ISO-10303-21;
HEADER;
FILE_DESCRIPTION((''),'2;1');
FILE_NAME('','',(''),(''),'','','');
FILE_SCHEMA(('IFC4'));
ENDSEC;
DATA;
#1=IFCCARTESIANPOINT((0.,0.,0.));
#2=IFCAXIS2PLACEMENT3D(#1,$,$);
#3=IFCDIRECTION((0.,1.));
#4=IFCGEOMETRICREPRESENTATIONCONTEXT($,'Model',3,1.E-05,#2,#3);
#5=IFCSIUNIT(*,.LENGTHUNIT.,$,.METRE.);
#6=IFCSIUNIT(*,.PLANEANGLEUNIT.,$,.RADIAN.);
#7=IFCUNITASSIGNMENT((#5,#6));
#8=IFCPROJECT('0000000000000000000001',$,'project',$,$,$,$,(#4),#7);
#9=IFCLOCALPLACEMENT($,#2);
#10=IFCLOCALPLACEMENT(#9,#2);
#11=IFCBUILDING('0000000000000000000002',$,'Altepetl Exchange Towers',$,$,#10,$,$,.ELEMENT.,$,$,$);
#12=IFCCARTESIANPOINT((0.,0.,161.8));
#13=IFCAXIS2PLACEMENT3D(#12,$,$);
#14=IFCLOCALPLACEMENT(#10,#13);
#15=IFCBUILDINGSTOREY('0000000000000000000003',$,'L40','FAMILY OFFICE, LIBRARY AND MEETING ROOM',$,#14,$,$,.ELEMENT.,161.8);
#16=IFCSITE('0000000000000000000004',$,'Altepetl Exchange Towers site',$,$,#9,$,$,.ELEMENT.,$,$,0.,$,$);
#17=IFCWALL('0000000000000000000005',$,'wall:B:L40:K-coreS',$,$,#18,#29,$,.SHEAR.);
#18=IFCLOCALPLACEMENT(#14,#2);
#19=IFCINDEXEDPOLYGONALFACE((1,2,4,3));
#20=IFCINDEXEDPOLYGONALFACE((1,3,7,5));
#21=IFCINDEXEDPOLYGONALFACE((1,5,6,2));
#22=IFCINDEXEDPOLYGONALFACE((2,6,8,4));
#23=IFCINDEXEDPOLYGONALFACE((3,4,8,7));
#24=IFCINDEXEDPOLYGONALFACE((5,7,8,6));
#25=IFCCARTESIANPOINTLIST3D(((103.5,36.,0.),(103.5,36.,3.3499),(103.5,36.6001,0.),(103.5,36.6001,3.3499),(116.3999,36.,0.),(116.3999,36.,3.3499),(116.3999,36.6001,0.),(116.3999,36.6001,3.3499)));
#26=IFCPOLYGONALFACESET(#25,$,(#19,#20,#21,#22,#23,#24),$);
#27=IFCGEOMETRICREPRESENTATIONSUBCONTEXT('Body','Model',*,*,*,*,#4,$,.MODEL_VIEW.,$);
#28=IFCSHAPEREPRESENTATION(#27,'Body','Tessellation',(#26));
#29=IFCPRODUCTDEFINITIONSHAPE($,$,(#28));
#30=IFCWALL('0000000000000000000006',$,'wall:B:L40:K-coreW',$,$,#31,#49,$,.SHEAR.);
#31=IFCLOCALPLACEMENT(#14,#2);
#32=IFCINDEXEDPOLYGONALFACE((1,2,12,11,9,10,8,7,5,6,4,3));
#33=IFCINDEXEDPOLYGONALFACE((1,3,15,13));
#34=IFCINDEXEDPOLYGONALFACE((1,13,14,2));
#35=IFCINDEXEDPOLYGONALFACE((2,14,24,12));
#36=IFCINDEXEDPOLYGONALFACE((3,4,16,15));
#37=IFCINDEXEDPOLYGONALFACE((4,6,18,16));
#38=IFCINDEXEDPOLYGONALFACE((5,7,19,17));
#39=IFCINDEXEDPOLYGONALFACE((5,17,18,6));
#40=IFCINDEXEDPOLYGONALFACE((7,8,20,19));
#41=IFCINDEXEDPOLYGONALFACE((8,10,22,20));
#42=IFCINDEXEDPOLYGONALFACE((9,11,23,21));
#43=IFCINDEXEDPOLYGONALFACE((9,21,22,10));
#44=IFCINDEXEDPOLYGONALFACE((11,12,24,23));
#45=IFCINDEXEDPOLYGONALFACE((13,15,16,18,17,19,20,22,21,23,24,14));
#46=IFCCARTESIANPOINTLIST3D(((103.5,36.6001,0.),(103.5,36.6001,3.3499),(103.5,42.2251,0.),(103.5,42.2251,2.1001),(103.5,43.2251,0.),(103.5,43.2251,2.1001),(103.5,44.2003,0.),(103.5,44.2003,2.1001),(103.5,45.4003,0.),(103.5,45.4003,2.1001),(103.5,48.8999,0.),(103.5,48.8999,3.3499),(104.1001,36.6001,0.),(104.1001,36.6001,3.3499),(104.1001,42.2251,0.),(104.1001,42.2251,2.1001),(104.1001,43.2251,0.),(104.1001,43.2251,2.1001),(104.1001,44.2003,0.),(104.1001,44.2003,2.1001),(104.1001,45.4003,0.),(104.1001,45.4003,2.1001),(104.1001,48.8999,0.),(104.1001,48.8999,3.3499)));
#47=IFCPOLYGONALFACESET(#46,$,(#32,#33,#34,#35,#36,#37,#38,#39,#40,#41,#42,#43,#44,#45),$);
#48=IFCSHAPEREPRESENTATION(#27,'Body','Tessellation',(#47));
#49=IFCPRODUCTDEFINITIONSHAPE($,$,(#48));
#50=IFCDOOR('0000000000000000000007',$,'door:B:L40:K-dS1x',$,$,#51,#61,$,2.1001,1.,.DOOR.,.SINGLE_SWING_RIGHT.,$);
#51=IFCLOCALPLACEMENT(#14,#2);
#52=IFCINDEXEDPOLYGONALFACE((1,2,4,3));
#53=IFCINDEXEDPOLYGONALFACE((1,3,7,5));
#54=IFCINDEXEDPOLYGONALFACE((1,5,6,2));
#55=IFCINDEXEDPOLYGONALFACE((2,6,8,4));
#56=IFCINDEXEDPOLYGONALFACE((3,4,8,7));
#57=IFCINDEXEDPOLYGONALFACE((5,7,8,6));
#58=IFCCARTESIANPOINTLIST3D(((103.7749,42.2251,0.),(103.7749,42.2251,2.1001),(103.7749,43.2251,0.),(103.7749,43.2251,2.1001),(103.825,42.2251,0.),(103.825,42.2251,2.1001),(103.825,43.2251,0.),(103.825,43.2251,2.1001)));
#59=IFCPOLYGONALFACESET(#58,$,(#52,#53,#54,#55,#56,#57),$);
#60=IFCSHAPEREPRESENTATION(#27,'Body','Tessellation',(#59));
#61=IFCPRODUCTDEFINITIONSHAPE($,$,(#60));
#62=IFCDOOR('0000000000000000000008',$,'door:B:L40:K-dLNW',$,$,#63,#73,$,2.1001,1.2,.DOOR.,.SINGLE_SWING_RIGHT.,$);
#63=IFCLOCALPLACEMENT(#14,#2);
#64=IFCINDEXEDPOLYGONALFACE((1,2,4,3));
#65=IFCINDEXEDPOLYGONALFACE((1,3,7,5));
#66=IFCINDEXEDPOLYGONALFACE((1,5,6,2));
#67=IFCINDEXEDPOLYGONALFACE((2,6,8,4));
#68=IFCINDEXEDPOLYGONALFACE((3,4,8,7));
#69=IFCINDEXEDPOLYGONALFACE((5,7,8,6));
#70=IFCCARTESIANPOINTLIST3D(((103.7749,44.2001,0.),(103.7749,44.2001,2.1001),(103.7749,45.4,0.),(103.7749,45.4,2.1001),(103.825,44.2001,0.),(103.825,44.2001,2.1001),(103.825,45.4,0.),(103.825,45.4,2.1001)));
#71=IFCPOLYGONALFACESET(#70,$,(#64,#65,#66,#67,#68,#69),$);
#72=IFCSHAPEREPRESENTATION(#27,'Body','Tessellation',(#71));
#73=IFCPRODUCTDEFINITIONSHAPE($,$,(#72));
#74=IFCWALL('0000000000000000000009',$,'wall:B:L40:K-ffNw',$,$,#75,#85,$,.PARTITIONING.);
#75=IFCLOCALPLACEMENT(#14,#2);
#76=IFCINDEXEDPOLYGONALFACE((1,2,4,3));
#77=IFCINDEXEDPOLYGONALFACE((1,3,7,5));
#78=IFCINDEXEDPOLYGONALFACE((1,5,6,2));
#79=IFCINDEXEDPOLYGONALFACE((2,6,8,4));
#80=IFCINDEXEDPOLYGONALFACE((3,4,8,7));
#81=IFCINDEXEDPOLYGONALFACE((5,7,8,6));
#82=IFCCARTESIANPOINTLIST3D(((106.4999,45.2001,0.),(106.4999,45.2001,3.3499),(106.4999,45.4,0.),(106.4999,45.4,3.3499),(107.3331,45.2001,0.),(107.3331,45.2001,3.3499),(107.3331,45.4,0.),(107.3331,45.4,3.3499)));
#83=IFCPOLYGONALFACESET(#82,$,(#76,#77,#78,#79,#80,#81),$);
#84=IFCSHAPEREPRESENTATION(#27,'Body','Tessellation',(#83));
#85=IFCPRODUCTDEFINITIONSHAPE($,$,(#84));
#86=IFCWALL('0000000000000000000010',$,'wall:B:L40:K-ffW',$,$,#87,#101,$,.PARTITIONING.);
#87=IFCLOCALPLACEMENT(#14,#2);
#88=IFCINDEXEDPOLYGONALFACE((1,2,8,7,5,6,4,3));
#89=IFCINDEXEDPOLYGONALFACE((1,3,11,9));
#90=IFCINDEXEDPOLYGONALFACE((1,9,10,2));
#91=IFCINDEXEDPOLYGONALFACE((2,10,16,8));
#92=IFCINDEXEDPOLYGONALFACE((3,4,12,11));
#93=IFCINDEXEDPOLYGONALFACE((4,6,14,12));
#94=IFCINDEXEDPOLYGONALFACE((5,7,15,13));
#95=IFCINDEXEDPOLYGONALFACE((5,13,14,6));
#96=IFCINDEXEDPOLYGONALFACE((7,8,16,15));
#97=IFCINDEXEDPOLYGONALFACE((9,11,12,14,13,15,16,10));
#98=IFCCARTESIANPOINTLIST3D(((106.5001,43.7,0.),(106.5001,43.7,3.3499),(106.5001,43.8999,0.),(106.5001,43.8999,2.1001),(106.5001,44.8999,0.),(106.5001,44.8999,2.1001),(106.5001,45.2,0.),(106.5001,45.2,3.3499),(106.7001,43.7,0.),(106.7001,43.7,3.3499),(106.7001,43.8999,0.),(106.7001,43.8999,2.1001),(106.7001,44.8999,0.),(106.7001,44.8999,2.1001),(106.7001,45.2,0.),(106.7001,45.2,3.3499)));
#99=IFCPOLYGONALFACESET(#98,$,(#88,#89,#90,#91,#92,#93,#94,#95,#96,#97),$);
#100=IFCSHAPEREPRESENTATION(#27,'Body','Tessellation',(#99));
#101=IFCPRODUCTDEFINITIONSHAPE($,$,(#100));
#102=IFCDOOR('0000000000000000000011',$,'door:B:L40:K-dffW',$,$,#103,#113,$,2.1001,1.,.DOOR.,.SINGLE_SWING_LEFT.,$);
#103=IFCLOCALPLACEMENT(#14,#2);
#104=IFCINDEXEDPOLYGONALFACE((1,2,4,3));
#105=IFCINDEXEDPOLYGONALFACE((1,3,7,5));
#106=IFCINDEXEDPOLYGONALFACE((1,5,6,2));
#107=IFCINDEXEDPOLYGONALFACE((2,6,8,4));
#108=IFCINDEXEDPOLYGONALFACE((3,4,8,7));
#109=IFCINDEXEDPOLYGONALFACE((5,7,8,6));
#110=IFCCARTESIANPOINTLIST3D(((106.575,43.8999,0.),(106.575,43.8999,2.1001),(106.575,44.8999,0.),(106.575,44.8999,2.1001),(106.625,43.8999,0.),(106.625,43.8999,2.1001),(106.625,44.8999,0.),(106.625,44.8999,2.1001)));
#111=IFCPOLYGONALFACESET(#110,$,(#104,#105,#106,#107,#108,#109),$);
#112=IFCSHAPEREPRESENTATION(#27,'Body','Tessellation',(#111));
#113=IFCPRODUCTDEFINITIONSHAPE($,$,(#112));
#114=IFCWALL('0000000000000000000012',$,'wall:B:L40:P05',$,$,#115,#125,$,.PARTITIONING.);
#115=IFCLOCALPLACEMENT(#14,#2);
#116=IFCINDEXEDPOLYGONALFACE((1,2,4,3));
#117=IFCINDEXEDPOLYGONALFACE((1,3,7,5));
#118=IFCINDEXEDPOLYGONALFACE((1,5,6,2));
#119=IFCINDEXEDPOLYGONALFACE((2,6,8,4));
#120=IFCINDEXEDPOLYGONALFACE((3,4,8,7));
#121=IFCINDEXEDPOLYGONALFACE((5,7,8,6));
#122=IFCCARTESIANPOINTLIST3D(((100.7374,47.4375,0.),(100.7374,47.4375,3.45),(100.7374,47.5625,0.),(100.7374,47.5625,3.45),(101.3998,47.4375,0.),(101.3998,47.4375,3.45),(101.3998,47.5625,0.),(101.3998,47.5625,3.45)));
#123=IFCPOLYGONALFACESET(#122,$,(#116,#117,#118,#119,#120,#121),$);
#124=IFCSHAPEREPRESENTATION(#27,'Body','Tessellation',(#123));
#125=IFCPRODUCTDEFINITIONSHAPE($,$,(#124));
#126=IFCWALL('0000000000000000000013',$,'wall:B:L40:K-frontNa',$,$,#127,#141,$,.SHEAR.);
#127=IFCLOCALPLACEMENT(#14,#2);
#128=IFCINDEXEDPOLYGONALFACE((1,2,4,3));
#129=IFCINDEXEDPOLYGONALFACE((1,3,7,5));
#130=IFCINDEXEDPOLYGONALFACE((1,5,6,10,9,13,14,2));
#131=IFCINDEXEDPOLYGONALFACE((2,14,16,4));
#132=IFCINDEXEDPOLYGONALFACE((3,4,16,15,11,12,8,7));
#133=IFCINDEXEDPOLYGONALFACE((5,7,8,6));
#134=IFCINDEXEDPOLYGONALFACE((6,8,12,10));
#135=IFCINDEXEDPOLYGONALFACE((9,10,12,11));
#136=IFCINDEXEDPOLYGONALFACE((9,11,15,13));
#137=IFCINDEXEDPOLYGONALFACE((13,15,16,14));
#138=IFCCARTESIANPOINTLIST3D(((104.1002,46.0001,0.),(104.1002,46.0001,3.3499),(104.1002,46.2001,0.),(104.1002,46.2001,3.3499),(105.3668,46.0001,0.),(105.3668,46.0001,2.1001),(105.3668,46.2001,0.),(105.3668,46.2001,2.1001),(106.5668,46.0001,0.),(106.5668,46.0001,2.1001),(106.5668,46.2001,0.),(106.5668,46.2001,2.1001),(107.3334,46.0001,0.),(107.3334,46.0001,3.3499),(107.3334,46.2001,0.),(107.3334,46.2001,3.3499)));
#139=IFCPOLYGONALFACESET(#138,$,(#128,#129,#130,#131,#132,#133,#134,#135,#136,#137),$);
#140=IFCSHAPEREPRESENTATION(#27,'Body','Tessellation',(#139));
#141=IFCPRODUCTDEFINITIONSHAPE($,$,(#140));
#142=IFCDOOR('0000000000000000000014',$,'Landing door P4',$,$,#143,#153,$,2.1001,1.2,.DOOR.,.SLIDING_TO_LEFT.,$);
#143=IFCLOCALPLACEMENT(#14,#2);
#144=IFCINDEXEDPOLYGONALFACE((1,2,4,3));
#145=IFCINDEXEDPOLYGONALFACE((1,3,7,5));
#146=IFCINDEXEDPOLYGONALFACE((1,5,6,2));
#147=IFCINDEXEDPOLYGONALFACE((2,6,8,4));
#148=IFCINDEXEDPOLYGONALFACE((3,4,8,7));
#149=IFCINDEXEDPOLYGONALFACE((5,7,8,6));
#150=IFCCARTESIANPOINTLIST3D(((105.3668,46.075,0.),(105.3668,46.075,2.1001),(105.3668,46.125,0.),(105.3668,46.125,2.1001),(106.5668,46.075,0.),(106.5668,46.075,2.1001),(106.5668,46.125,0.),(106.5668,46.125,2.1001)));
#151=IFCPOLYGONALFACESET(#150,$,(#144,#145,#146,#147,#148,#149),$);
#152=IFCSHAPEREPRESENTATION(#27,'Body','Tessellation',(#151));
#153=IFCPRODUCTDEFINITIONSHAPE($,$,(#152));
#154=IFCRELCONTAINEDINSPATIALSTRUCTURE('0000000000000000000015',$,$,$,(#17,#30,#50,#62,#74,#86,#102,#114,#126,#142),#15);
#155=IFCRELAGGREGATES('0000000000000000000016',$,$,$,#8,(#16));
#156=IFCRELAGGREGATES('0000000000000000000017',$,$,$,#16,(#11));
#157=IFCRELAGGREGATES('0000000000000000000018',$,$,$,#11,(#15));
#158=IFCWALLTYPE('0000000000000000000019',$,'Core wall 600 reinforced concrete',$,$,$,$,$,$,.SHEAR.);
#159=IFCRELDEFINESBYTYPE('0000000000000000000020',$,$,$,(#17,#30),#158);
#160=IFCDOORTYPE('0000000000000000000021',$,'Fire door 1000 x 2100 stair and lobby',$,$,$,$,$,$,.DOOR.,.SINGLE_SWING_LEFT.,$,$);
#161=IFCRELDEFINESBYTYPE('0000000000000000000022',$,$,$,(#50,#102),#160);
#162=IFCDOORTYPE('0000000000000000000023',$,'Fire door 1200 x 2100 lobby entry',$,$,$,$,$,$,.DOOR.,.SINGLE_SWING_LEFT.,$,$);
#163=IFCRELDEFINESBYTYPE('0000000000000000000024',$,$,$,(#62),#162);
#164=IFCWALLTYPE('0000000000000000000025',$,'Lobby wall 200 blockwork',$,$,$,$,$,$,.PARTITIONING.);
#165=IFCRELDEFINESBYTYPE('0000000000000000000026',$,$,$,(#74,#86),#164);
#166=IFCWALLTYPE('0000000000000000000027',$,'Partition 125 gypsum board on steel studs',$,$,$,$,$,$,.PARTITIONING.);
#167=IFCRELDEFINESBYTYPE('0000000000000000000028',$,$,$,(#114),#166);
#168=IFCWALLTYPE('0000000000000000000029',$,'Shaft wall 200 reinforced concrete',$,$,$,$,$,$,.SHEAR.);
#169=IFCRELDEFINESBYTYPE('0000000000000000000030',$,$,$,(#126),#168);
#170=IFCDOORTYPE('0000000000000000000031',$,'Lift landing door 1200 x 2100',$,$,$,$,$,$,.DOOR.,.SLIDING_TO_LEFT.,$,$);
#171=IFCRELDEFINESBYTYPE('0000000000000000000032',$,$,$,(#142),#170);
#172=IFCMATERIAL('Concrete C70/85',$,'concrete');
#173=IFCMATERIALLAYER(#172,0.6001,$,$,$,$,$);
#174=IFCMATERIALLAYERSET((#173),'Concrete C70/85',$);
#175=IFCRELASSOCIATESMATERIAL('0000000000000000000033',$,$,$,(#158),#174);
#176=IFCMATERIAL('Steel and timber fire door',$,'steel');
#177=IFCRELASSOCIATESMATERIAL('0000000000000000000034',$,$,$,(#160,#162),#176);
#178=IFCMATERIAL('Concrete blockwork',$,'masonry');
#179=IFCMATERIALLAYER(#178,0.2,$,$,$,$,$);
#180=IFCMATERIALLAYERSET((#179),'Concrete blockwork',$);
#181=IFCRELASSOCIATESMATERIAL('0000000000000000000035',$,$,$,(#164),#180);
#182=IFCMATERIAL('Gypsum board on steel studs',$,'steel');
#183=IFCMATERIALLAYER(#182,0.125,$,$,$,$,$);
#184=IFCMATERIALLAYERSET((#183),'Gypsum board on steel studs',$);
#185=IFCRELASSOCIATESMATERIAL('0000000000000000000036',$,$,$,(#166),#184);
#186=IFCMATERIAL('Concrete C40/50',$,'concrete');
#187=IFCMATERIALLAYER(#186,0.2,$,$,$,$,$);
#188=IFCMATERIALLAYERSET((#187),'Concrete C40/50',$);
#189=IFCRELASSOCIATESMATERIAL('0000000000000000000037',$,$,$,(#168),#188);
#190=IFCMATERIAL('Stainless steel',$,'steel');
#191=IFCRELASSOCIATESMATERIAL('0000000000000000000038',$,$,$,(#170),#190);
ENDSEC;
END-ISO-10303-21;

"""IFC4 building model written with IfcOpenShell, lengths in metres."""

from ifc_helpers import new_model, si_unit, direction, frame, frame_2d, origin, place, context, subcontext, project, spatial, rectangle, extrude, material, layer, layer_set, type_object, element, fill, save


model = new_model("IFC4")

# Units and contexts
model_context = context("Model", 3, precision=1e-05, world=origin(), true_north=direction((0.0, 1.0)))
body_context = subcontext(model_context, "Body", "Model", "MODEL_VIEW")
ifc_project = project(units=[si_unit("LENGTHUNIT", "METRE"), si_unit("PLANEANGLEUNIT", "RADIAN")], contexts=[model_context])

# Site, building, storey
site_placement = place(None, origin())
site = spatial("IfcSite", under=ifc_project, at=site_placement, Name="Altepetl Exchange Towers site", CompositionType="ELEMENT", RefElevation=0.0)
building_placement = place(site_placement, origin())
building = spatial("IfcBuilding", under=site, at=building_placement, Name="Altepetl Exchange Towers", CompositionType="ELEMENT")
storey_placement = place(building_placement, frame((0.0, 0.0, 161.8)))
storey = spatial("IfcBuildingStorey", under=building, at=storey_placement, Name="L40", Description="FAMILY OFFICE, LIBRARY AND MEETING ROOM", CompositionType="ELEMENT", Elevation=161.8)

# Wall
ifc_material_1 = material(Name="Concrete C70/85", Category="concrete")
ifc_layer_1 = layer(ifc_material_1, 0.6001)
ifc_layer_set_1 = layer_set([ifc_layer_1], Name="Concrete C70/85")
wall_type_1 = type_object("IfcWallType", Name="Core wall 600 reinforced concrete", PredefinedType="SHEAR", material=ifc_layer_set_1)
wall_1_placement = place(storey_placement, frame((103.5, 36.3, 0.0)))
element("IfcWall", 1, at=wall_1_placement, inside=storey, type_object=wall_type_1, Name="wall:B:L40:K-coreS", PredefinedType="SHEAR", context=body_context, shape_type="SweptSolid", body=[
    extrude(rectangle(XDim=12.8999, YDim=0.6001, at=frame_2d((6.45, 0.0))), origin(), (0.0, 0.0, 1.0), 3.3499),
])

# Wall, openings, doors
wall_2_placement = place(storey_placement, frame((103.8, 36.6001, 0.0), z_axis=(0.0, 0.0, 1.0), x_axis=(0.0, 1.0, 0.0)))
wall_2 = element("IfcWall", 2, at=wall_2_placement, inside=storey, type_object=wall_type_1, Name="wall:B:L40:K-coreW", PredefinedType="SHEAR", context=body_context, shape_type="SweptSolid", body=[
    extrude(rectangle(XDim=12.2998, YDim=0.6001, at=frame_2d((6.1499, 0.0))), origin(), (0.0, 0.0, 1.0), 3.3499),
])
opening_1_placement = place(wall_2_placement, frame((7.6001, 0.0, 0.0)))
opening_1 = element("IfcOpeningElement", 3, at=opening_1_placement, cuts=wall_2, PredefinedType="OPENING", context=body_context, shape_type="SweptSolid", body=[
    extrude(rectangle(XDim=1.2, YDim=2.1001, at=frame_2d((0.6001, 1.05))), frame((0.0, 0.3101, 0.0), z_axis=(0.0, -1.0, 0.0), x_axis=(1.0, 0.0, 0.0)), (0.0, 0.0, 1.0), 0.6201),
])
opening_2_placement = place(wall_2_placement, frame((5.625, 0.0, 0.0)))
opening_2 = element("IfcOpeningElement", 4, at=opening_2_placement, cuts=wall_2, PredefinedType="OPENING", context=body_context, shape_type="SweptSolid", body=[
    extrude(rectangle(XDim=1.0, YDim=2.1001, at=frame_2d((0.5, 1.05))), frame((0.0, 0.3101, 0.0), z_axis=(0.0, -1.0, 0.0), x_axis=(1.0, 0.0, 0.0)), (0.0, 0.0, 1.0), 0.6201),
])
ifc_material_2 = material(Name="Steel and timber fire door", Category="steel")
door_type_1 = type_object("IfcDoorType", Name="Fire door 1000 x 2100 stair and lobby", OperationType="SINGLE_SWING_LEFT", PredefinedType="DOOR", material=ifc_material_2)
door_1_placement = place(opening_2_placement, frame((1.0, 0.0, 0.0), x_axis=(-1.0, 0.0, 0.0)))
door_1 = element("IfcDoor", 5, at=door_1_placement, inside=storey, type_object=door_type_1, Name="door:B:L40:K-dS1x", OperationType="SINGLE_SWING_RIGHT", OverallHeight=2.1001, OverallWidth=1.0, PredefinedType="DOOR", context=body_context, shape_type="SweptSolid", body=[
    extrude(rectangle(XDim=1.0, YDim=2.1001, at=frame_2d((0.5, 1.05))), frame((0.0, 0.0249, 0.0), z_axis=(0.0, -1.0, 0.0), x_axis=(1.0, 0.0, 0.0)), (0.0, 0.0, 1.0), 0.05),
])
fill(opening_2, door_1)
door_type_2 = type_object("IfcDoorType", Name="Fire door 1200 x 2100 lobby entry", OperationType="SINGLE_SWING_LEFT", PredefinedType="DOOR", material=ifc_material_2)
door_2_placement = place(opening_1_placement, frame((1.2, 0.0, 0.0), x_axis=(-1.0, 0.0, 0.0)))
door_2 = element("IfcDoor", 6, at=door_2_placement, inside=storey, type_object=door_type_2, Name="door:B:L40:K-dLNW", OperationType="SINGLE_SWING_RIGHT", OverallHeight=2.1001, OverallWidth=1.2, PredefinedType="DOOR", context=body_context, shape_type="SweptSolid", body=[
    extrude(rectangle(XDim=1.2, YDim=2.1001, at=frame_2d((0.6001, 1.05))), frame((0.0, 0.0249, 0.0), z_axis=(0.0, -1.0, 0.0), x_axis=(1.0, 0.0, 0.0)), (0.0, 0.0, 1.0), 0.05),
])
fill(opening_1, door_2)

# Wall
ifc_material_3 = material(Name="Concrete blockwork", Category="masonry")
ifc_layer_2 = layer(ifc_material_3, 0.2)
ifc_layer_set_2 = layer_set([ifc_layer_2], Name="Concrete blockwork")
wall_type_2 = type_object("IfcWallType", Name="Lobby wall 200 blockwork", PredefinedType="PARTITIONING", material=ifc_layer_set_2)
wall_3_placement = place(storey_placement, frame((106.5, 45.3, 0.0)))
element("IfcWall", 7, at=wall_3_placement, inside=storey, type_object=wall_type_2, Name="wall:B:L40:K-ffNw", PredefinedType="PARTITIONING", context=body_context, shape_type="SweptSolid", body=[
    extrude(rectangle(XDim=0.8333, YDim=0.2, at=frame_2d((0.4165, 0.0))), origin(), (0.0, 0.0, 1.0), 3.3499),
])

# Wall, opening, door
wall_4_placement = place(storey_placement, frame((106.6001, 43.7, 0.0), z_axis=(0.0, 0.0, 1.0), x_axis=(0.0, 1.0, 0.0)))
wall_4 = element("IfcWall", 8, at=wall_4_placement, inside=storey, type_object=wall_type_2, Name="wall:B:L40:K-ffW", PredefinedType="PARTITIONING", context=body_context, shape_type="SweptSolid", body=[
    extrude(rectangle(XDim=1.5, YDim=0.2, at=frame_2d((0.75, 0.0))), origin(), (0.0, 0.0, 1.0), 3.3499),
])
opening_3_placement = place(wall_4_placement, frame((0.2, 0.0, 0.0)))
opening_3 = element("IfcOpeningElement", 9, at=opening_3_placement, cuts=wall_4, PredefinedType="OPENING", context=body_context, shape_type="SweptSolid", body=[
    extrude(rectangle(XDim=1.0, YDim=2.1001, at=frame_2d((0.5, 1.05))), frame((0.0, 0.1099, 0.0), z_axis=(0.0, -1.0, 0.0), x_axis=(1.0, 0.0, 0.0)), (0.0, 0.0, 1.0), 0.22),
])
door_3_placement = place(opening_3_placement, frame((1.0, 0.0, 0.0), x_axis=(-1.0, 0.0, 0.0)))
door_3 = element("IfcDoor", 10, at=door_3_placement, inside=storey, type_object=door_type_1, Name="door:B:L40:K-dffW", OperationType="SINGLE_SWING_LEFT", OverallHeight=2.1001, OverallWidth=1.0, PredefinedType="DOOR", context=body_context, shape_type="SweptSolid", body=[
    extrude(rectangle(XDim=1.0, YDim=2.1001, at=frame_2d((0.5, 1.05))), frame((0.0, 0.0249, 0.0), z_axis=(0.0, -1.0, 0.0), x_axis=(1.0, 0.0, 0.0)), (0.0, 0.0, 1.0), 0.05),
])
fill(opening_3, door_3)

# Wall
ifc_material_4 = material(Name="Gypsum board on steel studs", Category="steel")
ifc_layer_3 = layer(ifc_material_4, 0.125)
ifc_layer_set_3 = layer_set([ifc_layer_3], Name="Gypsum board on steel studs")
wall_type_3 = type_object("IfcWallType", Name="Partition 125 gypsum board on steel studs", PredefinedType="PARTITIONING", material=ifc_layer_set_3)
wall_5_placement = place(storey_placement, frame((100.7375, 47.5, 0.0)))
element("IfcWall", 11, at=wall_5_placement, inside=storey, type_object=wall_type_3, Name="wall:B:L40:P05", PredefinedType="PARTITIONING", context=body_context, shape_type="SweptSolid", body=[
    extrude(rectangle(XDim=0.6624, YDim=0.125, at=frame_2d((0.3311, 0.0))), origin(), (0.0, 0.0, 1.0), 3.45),
])

# Wall, opening, door
ifc_material_5 = material(Name="Concrete C40/50", Category="concrete")
ifc_layer_4 = layer(ifc_material_5, 0.2)
ifc_layer_set_4 = layer_set([ifc_layer_4], Name="Concrete C40/50")
wall_type_4 = type_object("IfcWallType", Name="Shaft wall 200 reinforced concrete", PredefinedType="SHEAR", material=ifc_layer_set_4)
wall_6_placement = place(storey_placement, frame((104.1001, 46.1001, 0.0)))
wall_6 = element("IfcWall", 12, at=wall_6_placement, inside=storey, type_object=wall_type_4, Name="wall:B:L40:K-frontNa", PredefinedType="SHEAR", context=body_context, shape_type="SweptSolid", body=[
    extrude(rectangle(XDim=3.2332, YDim=0.2, at=frame_2d((1.6167, 0.0))), origin(), (0.0, 0.0, 1.0), 3.3499),
])
opening_4_placement = place(wall_6_placement, frame((1.2666, 0.0, 0.0)))
opening_4 = element("IfcOpeningElement", 13, at=opening_4_placement, cuts=wall_6, PredefinedType="OPENING", context=body_context, shape_type="SweptSolid", body=[
    extrude(rectangle(XDim=1.2, YDim=2.1001, at=frame_2d((0.6001, 1.05))), frame((0.0, 0.1099, 0.0), z_axis=(0.0, -1.0, 0.0), x_axis=(1.0, 0.0, 0.0)), (0.0, 0.0, 1.0), 0.22),
])
ifc_material_6 = material(Name="Stainless steel", Category="steel")
door_type_3 = type_object("IfcDoorType", Name="Lift landing door 1200 x 2100", OperationType="SLIDING_TO_LEFT", PredefinedType="DOOR", material=ifc_material_6)
door_4_placement = place(opening_4_placement, origin())
door_4 = element("IfcDoor", 14, at=door_4_placement, inside=storey, type_object=door_type_3, Name="Landing door P4", OperationType="SLIDING_TO_LEFT", OverallHeight=2.1001, OverallWidth=1.2, PredefinedType="DOOR", context=body_context, shape_type="SweptSolid", body=[
    extrude(rectangle(XDim=1.2, YDim=2.1001, at=frame_2d((0.6001, 1.05))), frame((0.0, 0.0249, 0.0), z_axis=(0.0, -1.0, 0.0), x_axis=(1.0, 0.0, 0.0)), (0.0, 0.0, 1.0), 0.05),
])
fill(opening_4, door_4)

save(model, "model.ifc")
